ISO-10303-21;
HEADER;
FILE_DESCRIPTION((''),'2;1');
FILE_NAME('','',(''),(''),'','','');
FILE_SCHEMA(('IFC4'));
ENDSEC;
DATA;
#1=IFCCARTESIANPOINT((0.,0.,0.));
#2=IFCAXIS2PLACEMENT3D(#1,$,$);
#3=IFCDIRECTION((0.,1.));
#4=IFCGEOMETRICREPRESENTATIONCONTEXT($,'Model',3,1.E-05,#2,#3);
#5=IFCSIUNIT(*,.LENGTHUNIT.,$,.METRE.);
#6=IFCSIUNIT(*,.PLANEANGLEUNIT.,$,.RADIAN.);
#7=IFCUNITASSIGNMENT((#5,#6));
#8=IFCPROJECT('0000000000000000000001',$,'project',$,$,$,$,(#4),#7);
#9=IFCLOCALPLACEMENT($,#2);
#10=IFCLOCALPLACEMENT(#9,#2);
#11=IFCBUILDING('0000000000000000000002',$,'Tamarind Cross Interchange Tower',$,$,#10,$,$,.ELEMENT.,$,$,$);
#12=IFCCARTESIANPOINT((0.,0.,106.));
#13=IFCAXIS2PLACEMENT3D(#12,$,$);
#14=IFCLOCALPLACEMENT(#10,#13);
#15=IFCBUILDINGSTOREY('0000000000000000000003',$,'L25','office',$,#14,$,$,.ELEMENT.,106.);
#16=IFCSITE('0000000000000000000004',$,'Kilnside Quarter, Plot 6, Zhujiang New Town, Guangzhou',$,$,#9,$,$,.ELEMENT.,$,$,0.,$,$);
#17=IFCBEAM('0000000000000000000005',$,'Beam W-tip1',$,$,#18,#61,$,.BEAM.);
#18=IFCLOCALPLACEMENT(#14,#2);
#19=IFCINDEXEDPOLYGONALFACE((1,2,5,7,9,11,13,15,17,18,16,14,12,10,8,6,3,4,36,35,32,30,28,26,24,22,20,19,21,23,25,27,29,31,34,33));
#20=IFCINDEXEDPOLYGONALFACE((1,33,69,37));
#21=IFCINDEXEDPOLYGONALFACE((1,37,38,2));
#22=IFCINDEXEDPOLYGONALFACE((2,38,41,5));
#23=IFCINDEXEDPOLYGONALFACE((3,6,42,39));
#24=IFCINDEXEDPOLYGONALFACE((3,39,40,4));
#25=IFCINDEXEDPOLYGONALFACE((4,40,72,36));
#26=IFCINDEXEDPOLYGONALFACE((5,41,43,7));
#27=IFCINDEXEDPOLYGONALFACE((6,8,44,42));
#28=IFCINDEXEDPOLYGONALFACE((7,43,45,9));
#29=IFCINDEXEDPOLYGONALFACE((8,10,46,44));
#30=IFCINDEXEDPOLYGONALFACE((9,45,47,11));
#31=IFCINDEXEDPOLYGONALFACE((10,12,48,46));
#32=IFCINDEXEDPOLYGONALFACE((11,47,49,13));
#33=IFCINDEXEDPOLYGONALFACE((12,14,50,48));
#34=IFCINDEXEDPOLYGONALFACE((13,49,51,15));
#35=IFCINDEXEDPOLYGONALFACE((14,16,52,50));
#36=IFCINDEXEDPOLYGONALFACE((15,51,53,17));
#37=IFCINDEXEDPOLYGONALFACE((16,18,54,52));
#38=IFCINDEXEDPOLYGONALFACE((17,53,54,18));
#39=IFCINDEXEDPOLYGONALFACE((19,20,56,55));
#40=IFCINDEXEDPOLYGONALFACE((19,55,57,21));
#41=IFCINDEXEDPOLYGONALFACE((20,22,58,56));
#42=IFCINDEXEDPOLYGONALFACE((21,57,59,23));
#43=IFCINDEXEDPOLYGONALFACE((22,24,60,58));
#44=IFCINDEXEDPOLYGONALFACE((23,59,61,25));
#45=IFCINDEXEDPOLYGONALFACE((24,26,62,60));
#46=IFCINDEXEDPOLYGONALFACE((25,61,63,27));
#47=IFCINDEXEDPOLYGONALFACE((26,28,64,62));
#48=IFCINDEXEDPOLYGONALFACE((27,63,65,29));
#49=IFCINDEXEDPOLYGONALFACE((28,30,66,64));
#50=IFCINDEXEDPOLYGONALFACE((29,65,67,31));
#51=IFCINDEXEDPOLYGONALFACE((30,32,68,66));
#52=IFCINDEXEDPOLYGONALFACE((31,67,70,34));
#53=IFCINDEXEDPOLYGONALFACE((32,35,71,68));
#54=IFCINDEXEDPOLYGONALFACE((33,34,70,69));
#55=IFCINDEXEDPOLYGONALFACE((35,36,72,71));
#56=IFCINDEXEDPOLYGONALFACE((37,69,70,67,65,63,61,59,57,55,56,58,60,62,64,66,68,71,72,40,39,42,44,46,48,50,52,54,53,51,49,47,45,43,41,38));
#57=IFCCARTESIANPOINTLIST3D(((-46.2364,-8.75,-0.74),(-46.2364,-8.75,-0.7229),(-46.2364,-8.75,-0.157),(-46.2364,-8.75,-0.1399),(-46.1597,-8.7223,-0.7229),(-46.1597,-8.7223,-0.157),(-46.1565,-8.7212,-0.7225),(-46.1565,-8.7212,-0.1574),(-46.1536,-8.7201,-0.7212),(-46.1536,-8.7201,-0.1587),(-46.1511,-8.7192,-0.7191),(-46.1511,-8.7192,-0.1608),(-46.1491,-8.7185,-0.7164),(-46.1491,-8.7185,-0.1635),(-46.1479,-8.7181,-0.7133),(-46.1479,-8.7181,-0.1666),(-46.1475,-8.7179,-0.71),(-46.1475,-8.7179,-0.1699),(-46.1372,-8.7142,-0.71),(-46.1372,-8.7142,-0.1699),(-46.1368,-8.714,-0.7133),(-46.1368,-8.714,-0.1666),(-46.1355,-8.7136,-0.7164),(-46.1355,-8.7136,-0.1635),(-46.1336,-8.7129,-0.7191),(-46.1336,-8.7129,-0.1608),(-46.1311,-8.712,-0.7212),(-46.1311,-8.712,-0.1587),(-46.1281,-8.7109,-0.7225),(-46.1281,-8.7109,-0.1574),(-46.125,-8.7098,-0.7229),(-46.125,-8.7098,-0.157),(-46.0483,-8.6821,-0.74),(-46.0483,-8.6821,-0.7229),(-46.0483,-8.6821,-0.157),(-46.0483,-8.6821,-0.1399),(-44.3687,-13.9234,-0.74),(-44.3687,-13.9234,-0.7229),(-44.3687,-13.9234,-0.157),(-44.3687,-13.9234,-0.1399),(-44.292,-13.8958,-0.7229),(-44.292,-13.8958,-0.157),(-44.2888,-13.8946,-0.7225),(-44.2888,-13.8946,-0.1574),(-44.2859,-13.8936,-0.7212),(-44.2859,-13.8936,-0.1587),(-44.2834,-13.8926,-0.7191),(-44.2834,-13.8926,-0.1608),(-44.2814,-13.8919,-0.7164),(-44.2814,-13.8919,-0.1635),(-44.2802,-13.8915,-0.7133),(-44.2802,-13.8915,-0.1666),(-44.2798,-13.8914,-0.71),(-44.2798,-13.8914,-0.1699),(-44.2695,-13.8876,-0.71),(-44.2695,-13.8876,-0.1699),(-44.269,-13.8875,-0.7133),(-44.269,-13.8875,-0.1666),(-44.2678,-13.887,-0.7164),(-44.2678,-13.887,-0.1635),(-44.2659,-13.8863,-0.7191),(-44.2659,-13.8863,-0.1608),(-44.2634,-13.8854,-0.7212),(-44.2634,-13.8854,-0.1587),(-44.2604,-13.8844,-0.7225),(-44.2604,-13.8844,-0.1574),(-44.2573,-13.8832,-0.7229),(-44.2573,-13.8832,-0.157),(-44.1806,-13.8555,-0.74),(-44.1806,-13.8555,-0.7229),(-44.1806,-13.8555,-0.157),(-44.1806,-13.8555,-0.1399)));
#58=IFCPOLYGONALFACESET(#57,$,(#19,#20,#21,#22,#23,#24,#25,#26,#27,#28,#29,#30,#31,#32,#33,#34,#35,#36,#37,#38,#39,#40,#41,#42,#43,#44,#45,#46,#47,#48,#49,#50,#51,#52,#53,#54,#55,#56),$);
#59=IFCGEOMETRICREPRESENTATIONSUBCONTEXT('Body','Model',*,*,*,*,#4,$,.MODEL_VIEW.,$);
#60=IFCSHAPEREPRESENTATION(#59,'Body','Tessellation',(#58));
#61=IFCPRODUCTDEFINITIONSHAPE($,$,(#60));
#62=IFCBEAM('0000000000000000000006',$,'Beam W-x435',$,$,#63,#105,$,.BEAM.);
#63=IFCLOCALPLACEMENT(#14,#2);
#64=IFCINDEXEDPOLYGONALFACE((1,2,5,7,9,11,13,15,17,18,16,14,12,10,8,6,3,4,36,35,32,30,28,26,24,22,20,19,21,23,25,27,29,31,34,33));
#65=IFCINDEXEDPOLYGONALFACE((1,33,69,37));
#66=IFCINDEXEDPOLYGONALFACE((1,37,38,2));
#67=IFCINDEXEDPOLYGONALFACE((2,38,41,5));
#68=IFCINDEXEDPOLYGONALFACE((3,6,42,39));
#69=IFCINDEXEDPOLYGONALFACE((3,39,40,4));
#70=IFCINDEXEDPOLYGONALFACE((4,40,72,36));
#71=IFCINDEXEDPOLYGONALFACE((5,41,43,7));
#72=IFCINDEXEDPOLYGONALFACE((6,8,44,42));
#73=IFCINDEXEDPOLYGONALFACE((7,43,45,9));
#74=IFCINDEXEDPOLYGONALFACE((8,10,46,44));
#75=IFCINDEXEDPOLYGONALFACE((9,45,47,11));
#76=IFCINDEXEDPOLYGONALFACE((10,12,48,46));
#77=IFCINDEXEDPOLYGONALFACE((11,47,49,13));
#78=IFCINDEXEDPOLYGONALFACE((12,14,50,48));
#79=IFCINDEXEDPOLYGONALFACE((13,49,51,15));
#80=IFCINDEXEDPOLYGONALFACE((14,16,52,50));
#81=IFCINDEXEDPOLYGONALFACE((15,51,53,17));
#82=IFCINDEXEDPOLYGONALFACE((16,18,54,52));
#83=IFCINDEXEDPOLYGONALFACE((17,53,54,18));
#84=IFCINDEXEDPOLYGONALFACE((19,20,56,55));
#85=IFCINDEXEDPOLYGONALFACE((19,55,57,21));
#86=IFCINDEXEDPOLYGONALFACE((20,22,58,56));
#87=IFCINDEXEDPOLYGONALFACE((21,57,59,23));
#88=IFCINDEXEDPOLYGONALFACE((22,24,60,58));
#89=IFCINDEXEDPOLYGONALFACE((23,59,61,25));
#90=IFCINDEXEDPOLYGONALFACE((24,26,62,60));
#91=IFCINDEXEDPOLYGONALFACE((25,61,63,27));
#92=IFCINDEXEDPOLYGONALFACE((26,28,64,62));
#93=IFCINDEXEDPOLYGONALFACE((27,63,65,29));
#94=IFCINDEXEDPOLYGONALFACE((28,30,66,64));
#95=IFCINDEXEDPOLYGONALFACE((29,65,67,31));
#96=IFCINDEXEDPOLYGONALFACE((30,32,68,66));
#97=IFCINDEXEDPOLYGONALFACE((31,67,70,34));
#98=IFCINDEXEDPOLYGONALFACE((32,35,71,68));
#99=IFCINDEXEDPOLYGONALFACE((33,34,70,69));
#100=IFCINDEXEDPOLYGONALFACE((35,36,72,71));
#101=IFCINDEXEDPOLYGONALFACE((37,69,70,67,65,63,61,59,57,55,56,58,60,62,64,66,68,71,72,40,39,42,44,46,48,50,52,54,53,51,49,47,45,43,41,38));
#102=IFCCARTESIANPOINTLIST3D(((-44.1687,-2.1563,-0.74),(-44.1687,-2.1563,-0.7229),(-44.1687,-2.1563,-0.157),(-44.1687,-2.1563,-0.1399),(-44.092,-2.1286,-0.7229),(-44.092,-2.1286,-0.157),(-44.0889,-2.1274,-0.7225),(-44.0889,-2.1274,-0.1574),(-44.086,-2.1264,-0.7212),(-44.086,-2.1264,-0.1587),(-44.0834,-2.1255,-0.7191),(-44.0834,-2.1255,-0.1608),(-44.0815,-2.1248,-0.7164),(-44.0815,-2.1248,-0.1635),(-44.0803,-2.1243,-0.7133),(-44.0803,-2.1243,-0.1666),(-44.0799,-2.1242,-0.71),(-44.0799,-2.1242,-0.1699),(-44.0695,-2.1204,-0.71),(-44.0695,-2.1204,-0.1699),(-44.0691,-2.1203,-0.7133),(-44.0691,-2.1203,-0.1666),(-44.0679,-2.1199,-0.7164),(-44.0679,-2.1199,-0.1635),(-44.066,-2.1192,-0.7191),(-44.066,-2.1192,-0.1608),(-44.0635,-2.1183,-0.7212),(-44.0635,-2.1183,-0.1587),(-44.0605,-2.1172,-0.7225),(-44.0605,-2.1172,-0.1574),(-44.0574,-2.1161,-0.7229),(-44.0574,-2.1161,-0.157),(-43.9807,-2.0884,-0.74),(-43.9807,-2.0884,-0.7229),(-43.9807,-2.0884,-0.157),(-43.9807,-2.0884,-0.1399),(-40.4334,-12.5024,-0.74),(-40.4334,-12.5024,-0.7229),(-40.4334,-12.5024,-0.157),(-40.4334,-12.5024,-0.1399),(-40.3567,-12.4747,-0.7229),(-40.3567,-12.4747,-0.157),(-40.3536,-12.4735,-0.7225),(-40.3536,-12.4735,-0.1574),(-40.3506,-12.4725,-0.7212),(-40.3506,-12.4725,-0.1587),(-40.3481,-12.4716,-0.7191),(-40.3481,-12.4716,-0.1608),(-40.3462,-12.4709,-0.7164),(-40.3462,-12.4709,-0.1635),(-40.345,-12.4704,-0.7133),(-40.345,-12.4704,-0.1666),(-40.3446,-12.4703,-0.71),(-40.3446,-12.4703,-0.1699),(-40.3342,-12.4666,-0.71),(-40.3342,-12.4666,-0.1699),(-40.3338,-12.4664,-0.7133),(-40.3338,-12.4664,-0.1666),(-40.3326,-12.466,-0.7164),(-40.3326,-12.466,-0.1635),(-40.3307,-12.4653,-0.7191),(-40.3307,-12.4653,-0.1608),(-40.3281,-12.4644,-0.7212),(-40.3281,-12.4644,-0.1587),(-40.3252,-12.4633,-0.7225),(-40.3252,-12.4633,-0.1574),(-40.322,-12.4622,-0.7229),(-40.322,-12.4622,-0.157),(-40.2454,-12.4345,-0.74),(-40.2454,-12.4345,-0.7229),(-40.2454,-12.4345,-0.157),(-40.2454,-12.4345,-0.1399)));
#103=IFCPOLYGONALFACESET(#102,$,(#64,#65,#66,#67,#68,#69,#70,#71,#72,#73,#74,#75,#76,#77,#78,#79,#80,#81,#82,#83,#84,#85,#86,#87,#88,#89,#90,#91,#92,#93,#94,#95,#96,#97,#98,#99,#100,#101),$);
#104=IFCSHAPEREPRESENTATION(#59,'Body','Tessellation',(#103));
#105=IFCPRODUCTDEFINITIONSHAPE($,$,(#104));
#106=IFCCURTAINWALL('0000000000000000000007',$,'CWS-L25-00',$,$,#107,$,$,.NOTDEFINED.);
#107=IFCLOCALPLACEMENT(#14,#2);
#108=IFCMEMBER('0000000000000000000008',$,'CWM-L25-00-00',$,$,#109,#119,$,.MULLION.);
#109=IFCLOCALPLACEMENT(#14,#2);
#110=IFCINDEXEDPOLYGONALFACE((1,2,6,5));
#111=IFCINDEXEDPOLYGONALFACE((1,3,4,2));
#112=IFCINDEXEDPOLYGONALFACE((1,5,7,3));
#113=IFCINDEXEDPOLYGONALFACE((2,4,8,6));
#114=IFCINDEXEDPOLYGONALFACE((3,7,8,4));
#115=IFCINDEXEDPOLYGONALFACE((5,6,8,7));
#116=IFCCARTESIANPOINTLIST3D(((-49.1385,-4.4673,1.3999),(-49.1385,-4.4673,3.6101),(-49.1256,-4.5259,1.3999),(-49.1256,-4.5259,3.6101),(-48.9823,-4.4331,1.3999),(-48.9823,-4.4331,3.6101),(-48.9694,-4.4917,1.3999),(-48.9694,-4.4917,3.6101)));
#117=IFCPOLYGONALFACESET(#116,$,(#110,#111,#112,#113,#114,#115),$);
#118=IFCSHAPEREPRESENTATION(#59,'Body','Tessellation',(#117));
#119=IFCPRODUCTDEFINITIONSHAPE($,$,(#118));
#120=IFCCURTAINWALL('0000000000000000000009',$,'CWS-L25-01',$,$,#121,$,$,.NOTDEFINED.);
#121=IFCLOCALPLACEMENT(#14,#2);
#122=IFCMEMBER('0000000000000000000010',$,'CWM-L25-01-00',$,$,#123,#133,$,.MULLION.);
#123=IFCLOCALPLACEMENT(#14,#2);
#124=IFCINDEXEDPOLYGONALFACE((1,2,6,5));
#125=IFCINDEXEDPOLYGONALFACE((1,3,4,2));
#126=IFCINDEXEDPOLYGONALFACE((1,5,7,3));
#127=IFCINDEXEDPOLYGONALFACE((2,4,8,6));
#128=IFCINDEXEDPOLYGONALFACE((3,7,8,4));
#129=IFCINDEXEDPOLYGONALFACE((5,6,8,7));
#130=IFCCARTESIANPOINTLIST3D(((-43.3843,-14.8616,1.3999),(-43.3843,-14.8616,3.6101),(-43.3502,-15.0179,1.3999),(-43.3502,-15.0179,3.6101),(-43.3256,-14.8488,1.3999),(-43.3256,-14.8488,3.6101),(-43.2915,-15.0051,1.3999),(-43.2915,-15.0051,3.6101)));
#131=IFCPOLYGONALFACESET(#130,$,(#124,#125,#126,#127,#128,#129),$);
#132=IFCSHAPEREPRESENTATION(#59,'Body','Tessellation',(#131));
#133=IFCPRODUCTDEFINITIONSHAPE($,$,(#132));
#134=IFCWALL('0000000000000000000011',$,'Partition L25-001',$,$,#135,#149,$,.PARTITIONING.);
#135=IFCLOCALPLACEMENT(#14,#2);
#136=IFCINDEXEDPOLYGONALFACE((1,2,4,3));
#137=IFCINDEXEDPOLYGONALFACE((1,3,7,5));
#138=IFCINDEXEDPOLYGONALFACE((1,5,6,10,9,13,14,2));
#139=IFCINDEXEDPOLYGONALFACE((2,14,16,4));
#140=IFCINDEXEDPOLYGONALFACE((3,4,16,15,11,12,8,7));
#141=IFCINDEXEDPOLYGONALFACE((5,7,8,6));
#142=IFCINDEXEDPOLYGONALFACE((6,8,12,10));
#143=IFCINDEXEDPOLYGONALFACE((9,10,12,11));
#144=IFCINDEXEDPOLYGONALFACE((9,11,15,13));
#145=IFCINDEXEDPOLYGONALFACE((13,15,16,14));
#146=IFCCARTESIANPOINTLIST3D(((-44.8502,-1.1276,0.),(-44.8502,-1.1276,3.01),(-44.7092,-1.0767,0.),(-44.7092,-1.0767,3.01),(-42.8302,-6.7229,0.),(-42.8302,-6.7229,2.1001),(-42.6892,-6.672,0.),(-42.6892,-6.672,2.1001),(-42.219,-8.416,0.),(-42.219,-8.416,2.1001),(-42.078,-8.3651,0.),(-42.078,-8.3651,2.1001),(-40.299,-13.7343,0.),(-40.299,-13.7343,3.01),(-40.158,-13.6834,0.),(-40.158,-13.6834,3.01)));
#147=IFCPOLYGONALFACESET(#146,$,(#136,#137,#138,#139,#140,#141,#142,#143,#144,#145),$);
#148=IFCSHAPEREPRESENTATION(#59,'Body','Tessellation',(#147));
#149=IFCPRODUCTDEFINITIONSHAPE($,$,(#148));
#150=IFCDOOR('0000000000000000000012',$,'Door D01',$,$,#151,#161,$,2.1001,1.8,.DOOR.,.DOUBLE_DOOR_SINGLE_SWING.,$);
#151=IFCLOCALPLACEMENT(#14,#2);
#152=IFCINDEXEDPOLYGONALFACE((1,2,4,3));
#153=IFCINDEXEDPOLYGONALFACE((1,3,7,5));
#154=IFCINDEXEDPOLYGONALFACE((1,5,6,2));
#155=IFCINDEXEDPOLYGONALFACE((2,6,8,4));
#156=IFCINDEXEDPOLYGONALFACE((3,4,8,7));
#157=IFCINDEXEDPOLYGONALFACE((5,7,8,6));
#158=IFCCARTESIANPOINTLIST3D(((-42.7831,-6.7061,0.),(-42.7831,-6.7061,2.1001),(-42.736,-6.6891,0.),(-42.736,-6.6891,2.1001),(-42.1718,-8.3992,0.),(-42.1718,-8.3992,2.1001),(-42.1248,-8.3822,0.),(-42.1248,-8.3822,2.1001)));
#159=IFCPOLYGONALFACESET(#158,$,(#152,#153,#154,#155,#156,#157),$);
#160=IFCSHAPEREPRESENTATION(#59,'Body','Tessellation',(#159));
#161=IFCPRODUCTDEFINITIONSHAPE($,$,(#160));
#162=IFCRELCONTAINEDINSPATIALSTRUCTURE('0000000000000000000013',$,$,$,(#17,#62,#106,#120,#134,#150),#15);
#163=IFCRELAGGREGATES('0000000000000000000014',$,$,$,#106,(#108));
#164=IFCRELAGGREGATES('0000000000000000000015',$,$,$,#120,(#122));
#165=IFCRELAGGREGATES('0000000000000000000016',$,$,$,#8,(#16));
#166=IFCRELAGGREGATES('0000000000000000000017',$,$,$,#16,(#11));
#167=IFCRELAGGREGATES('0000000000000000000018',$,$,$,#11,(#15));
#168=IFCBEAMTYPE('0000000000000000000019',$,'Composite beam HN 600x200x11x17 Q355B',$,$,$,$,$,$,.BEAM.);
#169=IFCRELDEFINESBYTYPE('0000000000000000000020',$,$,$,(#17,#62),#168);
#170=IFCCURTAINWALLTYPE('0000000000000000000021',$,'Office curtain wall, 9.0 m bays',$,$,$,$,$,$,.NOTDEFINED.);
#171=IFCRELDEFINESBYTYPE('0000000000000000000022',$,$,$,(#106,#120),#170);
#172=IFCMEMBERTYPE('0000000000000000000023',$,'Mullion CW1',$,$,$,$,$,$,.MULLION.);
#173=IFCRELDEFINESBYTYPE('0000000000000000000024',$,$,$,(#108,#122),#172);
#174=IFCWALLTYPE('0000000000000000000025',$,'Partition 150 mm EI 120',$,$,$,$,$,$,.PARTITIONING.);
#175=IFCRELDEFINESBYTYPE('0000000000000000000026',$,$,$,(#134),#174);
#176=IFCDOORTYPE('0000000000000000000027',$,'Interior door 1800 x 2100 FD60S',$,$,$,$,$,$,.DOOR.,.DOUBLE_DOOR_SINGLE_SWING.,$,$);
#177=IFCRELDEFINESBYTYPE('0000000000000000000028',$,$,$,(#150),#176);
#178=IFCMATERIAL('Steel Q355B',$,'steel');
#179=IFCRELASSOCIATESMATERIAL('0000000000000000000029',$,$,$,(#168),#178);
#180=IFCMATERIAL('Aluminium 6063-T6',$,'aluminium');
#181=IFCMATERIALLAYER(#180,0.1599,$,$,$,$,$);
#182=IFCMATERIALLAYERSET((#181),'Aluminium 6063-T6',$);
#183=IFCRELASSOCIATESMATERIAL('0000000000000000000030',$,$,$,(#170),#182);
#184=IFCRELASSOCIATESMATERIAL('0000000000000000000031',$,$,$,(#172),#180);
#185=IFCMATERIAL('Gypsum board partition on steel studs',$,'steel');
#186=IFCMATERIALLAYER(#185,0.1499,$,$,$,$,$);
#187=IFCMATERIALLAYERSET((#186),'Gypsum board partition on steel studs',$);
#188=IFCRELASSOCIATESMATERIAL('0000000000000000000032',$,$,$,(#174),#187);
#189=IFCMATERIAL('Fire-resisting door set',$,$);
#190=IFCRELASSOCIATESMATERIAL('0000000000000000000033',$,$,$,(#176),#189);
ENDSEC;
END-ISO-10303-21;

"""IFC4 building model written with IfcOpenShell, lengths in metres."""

from ifc_helpers import new_model, si_unit, direction, frame, frame_2d, origin, origin_2d, place, context, subcontext, project, spatial, rectangle, i_section, extrude, material, layer, layer_set, material_profile, profile_set, type_object, element, fill, aggregate, save


model = new_model("IFC4")

# Units and contexts
model_context = context("Model", 3, precision=1e-05, world=origin(), true_north=direction((0.0, 1.0)))
body_context = subcontext(model_context, "Body", "Model", "MODEL_VIEW")
ifc_project = project(units=[si_unit("LENGTHUNIT", "METRE"), si_unit("PLANEANGLEUNIT", "RADIAN")], contexts=[model_context])

# Site, building, storey
site_placement = place(None, origin())
site = spatial("IfcSite", under=ifc_project, at=site_placement, Name="Kilnside Quarter, Plot 6, Zhujiang New Town, Guangzhou", CompositionType="ELEMENT", RefElevation=0.0)
building_placement = place(site_placement, origin())
building = spatial("IfcBuilding", under=site, at=building_placement, Name="Tamarind Cross Interchange Tower", CompositionType="ELEMENT")
storey_placement = place(building_placement, frame((0.0, 0.0, 106.0)))
storey = spatial("IfcBuildingStorey", under=building, at=storey_placement, Name="L25", Description="office", CompositionType="ELEMENT", Elevation=106.0)

# Beams
ifc_material_1 = material(Name="Steel Q355B", Category="steel")
ifc_material_profile_1 = material_profile(ifc_material_1, i_section(OverallWidth=0.2, OverallDepth=0.6001, WebThickness=0.011, FlangeThickness=0.0171, FilletRadius=0.0129, at=origin_2d()), Name="HN 600x200x11x17")
ifc_profile_set_1 = profile_set([ifc_material_profile_1], Name="Steel Q355B")
beam_type_1 = type_object("IfcBeamType", Name="Composite beam HN 600x200x11x17 Q355B", PredefinedType="BEAM", material=ifc_profile_set_1)
beam_1_placement = place(storey_placement, frame((-46.1423, -8.7161, -0.4399), z_axis=(0.339568, -0.940581, 0.0), x_axis=(0.940581, 0.339568, 0.0)))
element("IfcBeam", 1, at=beam_1_placement, inside=storey, type_object=beam_type_1, Name="Beam W-tip1", PredefinedType="BEAM", context=body_context, shape_type="SweptSolid", body=[
    extrude(i_section(OverallWidth=0.2, OverallDepth=0.6001, WebThickness=0.011, FlangeThickness=0.0171, FilletRadius=0.0129, at=origin_2d()), origin(), (0.0, 0.0, 1.0), 5.5002),
])
beam_2_placement = place(storey_placement, frame((-44.0747, -2.1223, -0.4399), z_axis=(0.339582, -0.940576, 0.0), x_axis=(0.940576, 0.339582, 0.0)))
element("IfcBeam", 2, at=beam_2_placement, inside=storey, type_object=beam_type_1, Name="Beam W-x435", PredefinedType="BEAM", context=body_context, shape_type="SweptSolid", body=[
    extrude(i_section(OverallWidth=0.2, OverallDepth=0.6001, WebThickness=0.011, FlangeThickness=0.0171, FilletRadius=0.0129, at=origin_2d()), origin(), (0.0, 0.0, 1.0), 10.9998),
])

# Curtain walls, members
ifc_material_2 = material(Name="Aluminium 6063-T6", Category="aluminium")
ifc_layer_1 = layer(ifc_material_2, 0.1599)
ifc_layer_set_1 = layer_set([ifc_layer_1], Name="Aluminium 6063-T6")
curtain_wall_type = type_object("IfcCurtainWallType", Name="Office curtain wall, 9.0 m bays", PredefinedType="NOTDEFINED", material=ifc_layer_set_1)
curtain_wall_1_placement = place(storey_placement, origin())
curtain_wall_1 = element("IfcCurtainWall", 3, at=curtain_wall_1_placement, inside=storey, type_object=curtain_wall_type, Name="CWS-L25-00", PredefinedType="NOTDEFINED")
ifc_material_profile_2 = material_profile(ifc_material_2, rectangle(XDim=0.0601, YDim=0.1599, at=origin_2d()), Name="Mullion CW1")
ifc_profile_set_2 = profile_set([ifc_material_profile_2], Name="Aluminium 6063-T6")
member_type = type_object("IfcMemberType", Name="Mullion CW1", PredefinedType="MULLION", material=ifc_profile_set_2)
member_1_placement = place(storey_placement, frame((-49.054, -4.4795, 1.3999), z_axis=(0.0, 0.0, 1.0), x_axis=(0.213903, -0.976855, 0.0)))
member_1 = element("IfcMember", 4, at=member_1_placement, type_object=member_type, Name="CWM-L25-00-00", PredefinedType="MULLION", context=body_context, shape_type="SweptSolid", body=[
    extrude(rectangle(XDim=0.0601, YDim=0.1599, at=origin_2d()), origin(), (0.0, 0.0, 1.0), 2.2102),
])
aggregate(curtain_wall_1, [member_1])
curtain_wall_2_placement = place(storey_placement, origin())
curtain_wall_2 = element("IfcCurtainWall", 5, at=curtain_wall_2_placement, inside=storey, type_object=curtain_wall_type, Name="CWS-L25-01", PredefinedType="NOTDEFINED")
member_2_placement = place(storey_placement, frame((-43.3379, -14.9333, 1.3999), z_axis=(0.0, 0.0, 1.0), x_axis=(0.977019, 0.213151, 0.0)))
member_2 = element("IfcMember", 6, at=member_2_placement, type_object=member_type, Name="CWM-L25-01-00", PredefinedType="MULLION", context=body_context, shape_type="SweptSolid", body=[
    extrude(rectangle(XDim=0.0601, YDim=0.1599, at=origin_2d()), origin(), (0.0, 0.0, 1.0), 2.2102),
])
aggregate(curtain_wall_2, [member_2])

# Wall, opening, door
ifc_material_3 = material(Name="Gypsum board partition on steel studs", Category="steel")
ifc_layer_2 = layer(ifc_material_3, 0.1499)
ifc_layer_set_2 = layer_set([ifc_layer_2], Name="Gypsum board partition on steel studs")
wall_type = type_object("IfcWallType", Name="Partition 150 mm EI 120", PredefinedType="PARTITIONING", material=ifc_layer_set_2)
wall_1_placement = place(storey_placement, frame((-44.7798, -1.1021, 0.0), z_axis=(0.0, 0.0, 1.0), x_axis=(0.339569, -0.940581, 0.0)))
wall_1 = element("IfcWall", 7, at=wall_1_placement, inside=storey, type_object=wall_type, Name="Partition L25-001", PredefinedType="PARTITIONING", context=body_context, shape_type="SweptSolid", body=[
    extrude(rectangle(XDim=13.4031, YDim=0.1499, at=frame_2d((6.7017, 0.0))), origin(), (0.0, 0.0, 1.0), 3.01),
])
opening_1_placement = place(wall_1_placement, frame((5.949, 0.0, 0.0)))
opening_1 = element("IfcOpeningElement", 8, at=opening_1_placement, cuts=wall_1, PredefinedType="OPENING", context=body_context, shape_type="SweptSolid", body=[
    extrude(rectangle(XDim=1.8, YDim=2.1001, at=frame_2d((0.8999, 1.05))), frame((0.0, 0.085, 0.0), z_axis=(0.0, -1.0, 0.0), x_axis=(1.0, 0.0, 0.0)), (0.0, 0.0, 1.0), 0.1699),
])
ifc_material_4 = material(Name="Fire-resisting door set")
door_type_1 = type_object("IfcDoorType", Name="Interior door 1800 x 2100 FD60S", OperationType="DOUBLE_DOOR_SINGLE_SWING", PredefinedType="DOOR", material=ifc_material_4)
door_1_placement = place(opening_1_placement, frame((1.8, 0.0, 0.0), z_axis=(0.0, 0.0, 1.0), x_axis=(-1.0, 0.0, 0.0)))
door_1 = element("IfcDoor", 9, at=door_1_placement, inside=storey, type_object=door_type_1, Name="Door D01", OperationType="DOUBLE_DOOR_SINGLE_SWING", OverallHeight=2.1001, OverallWidth=1.8, PredefinedType="DOOR", context=body_context, shape_type="SweptSolid", body=[
    extrude(rectangle(XDim=1.8, YDim=2.1001, at=frame_2d((0.8999, 1.05))), frame((0.0, 0.0249, 0.0), z_axis=(0.0, -1.0, 0.0), x_axis=(1.0, 0.0, 0.0)), (0.0, 0.0, 1.0), 0.05),
])
fill(opening_1, door_1)

save(model, "model.ifc")
